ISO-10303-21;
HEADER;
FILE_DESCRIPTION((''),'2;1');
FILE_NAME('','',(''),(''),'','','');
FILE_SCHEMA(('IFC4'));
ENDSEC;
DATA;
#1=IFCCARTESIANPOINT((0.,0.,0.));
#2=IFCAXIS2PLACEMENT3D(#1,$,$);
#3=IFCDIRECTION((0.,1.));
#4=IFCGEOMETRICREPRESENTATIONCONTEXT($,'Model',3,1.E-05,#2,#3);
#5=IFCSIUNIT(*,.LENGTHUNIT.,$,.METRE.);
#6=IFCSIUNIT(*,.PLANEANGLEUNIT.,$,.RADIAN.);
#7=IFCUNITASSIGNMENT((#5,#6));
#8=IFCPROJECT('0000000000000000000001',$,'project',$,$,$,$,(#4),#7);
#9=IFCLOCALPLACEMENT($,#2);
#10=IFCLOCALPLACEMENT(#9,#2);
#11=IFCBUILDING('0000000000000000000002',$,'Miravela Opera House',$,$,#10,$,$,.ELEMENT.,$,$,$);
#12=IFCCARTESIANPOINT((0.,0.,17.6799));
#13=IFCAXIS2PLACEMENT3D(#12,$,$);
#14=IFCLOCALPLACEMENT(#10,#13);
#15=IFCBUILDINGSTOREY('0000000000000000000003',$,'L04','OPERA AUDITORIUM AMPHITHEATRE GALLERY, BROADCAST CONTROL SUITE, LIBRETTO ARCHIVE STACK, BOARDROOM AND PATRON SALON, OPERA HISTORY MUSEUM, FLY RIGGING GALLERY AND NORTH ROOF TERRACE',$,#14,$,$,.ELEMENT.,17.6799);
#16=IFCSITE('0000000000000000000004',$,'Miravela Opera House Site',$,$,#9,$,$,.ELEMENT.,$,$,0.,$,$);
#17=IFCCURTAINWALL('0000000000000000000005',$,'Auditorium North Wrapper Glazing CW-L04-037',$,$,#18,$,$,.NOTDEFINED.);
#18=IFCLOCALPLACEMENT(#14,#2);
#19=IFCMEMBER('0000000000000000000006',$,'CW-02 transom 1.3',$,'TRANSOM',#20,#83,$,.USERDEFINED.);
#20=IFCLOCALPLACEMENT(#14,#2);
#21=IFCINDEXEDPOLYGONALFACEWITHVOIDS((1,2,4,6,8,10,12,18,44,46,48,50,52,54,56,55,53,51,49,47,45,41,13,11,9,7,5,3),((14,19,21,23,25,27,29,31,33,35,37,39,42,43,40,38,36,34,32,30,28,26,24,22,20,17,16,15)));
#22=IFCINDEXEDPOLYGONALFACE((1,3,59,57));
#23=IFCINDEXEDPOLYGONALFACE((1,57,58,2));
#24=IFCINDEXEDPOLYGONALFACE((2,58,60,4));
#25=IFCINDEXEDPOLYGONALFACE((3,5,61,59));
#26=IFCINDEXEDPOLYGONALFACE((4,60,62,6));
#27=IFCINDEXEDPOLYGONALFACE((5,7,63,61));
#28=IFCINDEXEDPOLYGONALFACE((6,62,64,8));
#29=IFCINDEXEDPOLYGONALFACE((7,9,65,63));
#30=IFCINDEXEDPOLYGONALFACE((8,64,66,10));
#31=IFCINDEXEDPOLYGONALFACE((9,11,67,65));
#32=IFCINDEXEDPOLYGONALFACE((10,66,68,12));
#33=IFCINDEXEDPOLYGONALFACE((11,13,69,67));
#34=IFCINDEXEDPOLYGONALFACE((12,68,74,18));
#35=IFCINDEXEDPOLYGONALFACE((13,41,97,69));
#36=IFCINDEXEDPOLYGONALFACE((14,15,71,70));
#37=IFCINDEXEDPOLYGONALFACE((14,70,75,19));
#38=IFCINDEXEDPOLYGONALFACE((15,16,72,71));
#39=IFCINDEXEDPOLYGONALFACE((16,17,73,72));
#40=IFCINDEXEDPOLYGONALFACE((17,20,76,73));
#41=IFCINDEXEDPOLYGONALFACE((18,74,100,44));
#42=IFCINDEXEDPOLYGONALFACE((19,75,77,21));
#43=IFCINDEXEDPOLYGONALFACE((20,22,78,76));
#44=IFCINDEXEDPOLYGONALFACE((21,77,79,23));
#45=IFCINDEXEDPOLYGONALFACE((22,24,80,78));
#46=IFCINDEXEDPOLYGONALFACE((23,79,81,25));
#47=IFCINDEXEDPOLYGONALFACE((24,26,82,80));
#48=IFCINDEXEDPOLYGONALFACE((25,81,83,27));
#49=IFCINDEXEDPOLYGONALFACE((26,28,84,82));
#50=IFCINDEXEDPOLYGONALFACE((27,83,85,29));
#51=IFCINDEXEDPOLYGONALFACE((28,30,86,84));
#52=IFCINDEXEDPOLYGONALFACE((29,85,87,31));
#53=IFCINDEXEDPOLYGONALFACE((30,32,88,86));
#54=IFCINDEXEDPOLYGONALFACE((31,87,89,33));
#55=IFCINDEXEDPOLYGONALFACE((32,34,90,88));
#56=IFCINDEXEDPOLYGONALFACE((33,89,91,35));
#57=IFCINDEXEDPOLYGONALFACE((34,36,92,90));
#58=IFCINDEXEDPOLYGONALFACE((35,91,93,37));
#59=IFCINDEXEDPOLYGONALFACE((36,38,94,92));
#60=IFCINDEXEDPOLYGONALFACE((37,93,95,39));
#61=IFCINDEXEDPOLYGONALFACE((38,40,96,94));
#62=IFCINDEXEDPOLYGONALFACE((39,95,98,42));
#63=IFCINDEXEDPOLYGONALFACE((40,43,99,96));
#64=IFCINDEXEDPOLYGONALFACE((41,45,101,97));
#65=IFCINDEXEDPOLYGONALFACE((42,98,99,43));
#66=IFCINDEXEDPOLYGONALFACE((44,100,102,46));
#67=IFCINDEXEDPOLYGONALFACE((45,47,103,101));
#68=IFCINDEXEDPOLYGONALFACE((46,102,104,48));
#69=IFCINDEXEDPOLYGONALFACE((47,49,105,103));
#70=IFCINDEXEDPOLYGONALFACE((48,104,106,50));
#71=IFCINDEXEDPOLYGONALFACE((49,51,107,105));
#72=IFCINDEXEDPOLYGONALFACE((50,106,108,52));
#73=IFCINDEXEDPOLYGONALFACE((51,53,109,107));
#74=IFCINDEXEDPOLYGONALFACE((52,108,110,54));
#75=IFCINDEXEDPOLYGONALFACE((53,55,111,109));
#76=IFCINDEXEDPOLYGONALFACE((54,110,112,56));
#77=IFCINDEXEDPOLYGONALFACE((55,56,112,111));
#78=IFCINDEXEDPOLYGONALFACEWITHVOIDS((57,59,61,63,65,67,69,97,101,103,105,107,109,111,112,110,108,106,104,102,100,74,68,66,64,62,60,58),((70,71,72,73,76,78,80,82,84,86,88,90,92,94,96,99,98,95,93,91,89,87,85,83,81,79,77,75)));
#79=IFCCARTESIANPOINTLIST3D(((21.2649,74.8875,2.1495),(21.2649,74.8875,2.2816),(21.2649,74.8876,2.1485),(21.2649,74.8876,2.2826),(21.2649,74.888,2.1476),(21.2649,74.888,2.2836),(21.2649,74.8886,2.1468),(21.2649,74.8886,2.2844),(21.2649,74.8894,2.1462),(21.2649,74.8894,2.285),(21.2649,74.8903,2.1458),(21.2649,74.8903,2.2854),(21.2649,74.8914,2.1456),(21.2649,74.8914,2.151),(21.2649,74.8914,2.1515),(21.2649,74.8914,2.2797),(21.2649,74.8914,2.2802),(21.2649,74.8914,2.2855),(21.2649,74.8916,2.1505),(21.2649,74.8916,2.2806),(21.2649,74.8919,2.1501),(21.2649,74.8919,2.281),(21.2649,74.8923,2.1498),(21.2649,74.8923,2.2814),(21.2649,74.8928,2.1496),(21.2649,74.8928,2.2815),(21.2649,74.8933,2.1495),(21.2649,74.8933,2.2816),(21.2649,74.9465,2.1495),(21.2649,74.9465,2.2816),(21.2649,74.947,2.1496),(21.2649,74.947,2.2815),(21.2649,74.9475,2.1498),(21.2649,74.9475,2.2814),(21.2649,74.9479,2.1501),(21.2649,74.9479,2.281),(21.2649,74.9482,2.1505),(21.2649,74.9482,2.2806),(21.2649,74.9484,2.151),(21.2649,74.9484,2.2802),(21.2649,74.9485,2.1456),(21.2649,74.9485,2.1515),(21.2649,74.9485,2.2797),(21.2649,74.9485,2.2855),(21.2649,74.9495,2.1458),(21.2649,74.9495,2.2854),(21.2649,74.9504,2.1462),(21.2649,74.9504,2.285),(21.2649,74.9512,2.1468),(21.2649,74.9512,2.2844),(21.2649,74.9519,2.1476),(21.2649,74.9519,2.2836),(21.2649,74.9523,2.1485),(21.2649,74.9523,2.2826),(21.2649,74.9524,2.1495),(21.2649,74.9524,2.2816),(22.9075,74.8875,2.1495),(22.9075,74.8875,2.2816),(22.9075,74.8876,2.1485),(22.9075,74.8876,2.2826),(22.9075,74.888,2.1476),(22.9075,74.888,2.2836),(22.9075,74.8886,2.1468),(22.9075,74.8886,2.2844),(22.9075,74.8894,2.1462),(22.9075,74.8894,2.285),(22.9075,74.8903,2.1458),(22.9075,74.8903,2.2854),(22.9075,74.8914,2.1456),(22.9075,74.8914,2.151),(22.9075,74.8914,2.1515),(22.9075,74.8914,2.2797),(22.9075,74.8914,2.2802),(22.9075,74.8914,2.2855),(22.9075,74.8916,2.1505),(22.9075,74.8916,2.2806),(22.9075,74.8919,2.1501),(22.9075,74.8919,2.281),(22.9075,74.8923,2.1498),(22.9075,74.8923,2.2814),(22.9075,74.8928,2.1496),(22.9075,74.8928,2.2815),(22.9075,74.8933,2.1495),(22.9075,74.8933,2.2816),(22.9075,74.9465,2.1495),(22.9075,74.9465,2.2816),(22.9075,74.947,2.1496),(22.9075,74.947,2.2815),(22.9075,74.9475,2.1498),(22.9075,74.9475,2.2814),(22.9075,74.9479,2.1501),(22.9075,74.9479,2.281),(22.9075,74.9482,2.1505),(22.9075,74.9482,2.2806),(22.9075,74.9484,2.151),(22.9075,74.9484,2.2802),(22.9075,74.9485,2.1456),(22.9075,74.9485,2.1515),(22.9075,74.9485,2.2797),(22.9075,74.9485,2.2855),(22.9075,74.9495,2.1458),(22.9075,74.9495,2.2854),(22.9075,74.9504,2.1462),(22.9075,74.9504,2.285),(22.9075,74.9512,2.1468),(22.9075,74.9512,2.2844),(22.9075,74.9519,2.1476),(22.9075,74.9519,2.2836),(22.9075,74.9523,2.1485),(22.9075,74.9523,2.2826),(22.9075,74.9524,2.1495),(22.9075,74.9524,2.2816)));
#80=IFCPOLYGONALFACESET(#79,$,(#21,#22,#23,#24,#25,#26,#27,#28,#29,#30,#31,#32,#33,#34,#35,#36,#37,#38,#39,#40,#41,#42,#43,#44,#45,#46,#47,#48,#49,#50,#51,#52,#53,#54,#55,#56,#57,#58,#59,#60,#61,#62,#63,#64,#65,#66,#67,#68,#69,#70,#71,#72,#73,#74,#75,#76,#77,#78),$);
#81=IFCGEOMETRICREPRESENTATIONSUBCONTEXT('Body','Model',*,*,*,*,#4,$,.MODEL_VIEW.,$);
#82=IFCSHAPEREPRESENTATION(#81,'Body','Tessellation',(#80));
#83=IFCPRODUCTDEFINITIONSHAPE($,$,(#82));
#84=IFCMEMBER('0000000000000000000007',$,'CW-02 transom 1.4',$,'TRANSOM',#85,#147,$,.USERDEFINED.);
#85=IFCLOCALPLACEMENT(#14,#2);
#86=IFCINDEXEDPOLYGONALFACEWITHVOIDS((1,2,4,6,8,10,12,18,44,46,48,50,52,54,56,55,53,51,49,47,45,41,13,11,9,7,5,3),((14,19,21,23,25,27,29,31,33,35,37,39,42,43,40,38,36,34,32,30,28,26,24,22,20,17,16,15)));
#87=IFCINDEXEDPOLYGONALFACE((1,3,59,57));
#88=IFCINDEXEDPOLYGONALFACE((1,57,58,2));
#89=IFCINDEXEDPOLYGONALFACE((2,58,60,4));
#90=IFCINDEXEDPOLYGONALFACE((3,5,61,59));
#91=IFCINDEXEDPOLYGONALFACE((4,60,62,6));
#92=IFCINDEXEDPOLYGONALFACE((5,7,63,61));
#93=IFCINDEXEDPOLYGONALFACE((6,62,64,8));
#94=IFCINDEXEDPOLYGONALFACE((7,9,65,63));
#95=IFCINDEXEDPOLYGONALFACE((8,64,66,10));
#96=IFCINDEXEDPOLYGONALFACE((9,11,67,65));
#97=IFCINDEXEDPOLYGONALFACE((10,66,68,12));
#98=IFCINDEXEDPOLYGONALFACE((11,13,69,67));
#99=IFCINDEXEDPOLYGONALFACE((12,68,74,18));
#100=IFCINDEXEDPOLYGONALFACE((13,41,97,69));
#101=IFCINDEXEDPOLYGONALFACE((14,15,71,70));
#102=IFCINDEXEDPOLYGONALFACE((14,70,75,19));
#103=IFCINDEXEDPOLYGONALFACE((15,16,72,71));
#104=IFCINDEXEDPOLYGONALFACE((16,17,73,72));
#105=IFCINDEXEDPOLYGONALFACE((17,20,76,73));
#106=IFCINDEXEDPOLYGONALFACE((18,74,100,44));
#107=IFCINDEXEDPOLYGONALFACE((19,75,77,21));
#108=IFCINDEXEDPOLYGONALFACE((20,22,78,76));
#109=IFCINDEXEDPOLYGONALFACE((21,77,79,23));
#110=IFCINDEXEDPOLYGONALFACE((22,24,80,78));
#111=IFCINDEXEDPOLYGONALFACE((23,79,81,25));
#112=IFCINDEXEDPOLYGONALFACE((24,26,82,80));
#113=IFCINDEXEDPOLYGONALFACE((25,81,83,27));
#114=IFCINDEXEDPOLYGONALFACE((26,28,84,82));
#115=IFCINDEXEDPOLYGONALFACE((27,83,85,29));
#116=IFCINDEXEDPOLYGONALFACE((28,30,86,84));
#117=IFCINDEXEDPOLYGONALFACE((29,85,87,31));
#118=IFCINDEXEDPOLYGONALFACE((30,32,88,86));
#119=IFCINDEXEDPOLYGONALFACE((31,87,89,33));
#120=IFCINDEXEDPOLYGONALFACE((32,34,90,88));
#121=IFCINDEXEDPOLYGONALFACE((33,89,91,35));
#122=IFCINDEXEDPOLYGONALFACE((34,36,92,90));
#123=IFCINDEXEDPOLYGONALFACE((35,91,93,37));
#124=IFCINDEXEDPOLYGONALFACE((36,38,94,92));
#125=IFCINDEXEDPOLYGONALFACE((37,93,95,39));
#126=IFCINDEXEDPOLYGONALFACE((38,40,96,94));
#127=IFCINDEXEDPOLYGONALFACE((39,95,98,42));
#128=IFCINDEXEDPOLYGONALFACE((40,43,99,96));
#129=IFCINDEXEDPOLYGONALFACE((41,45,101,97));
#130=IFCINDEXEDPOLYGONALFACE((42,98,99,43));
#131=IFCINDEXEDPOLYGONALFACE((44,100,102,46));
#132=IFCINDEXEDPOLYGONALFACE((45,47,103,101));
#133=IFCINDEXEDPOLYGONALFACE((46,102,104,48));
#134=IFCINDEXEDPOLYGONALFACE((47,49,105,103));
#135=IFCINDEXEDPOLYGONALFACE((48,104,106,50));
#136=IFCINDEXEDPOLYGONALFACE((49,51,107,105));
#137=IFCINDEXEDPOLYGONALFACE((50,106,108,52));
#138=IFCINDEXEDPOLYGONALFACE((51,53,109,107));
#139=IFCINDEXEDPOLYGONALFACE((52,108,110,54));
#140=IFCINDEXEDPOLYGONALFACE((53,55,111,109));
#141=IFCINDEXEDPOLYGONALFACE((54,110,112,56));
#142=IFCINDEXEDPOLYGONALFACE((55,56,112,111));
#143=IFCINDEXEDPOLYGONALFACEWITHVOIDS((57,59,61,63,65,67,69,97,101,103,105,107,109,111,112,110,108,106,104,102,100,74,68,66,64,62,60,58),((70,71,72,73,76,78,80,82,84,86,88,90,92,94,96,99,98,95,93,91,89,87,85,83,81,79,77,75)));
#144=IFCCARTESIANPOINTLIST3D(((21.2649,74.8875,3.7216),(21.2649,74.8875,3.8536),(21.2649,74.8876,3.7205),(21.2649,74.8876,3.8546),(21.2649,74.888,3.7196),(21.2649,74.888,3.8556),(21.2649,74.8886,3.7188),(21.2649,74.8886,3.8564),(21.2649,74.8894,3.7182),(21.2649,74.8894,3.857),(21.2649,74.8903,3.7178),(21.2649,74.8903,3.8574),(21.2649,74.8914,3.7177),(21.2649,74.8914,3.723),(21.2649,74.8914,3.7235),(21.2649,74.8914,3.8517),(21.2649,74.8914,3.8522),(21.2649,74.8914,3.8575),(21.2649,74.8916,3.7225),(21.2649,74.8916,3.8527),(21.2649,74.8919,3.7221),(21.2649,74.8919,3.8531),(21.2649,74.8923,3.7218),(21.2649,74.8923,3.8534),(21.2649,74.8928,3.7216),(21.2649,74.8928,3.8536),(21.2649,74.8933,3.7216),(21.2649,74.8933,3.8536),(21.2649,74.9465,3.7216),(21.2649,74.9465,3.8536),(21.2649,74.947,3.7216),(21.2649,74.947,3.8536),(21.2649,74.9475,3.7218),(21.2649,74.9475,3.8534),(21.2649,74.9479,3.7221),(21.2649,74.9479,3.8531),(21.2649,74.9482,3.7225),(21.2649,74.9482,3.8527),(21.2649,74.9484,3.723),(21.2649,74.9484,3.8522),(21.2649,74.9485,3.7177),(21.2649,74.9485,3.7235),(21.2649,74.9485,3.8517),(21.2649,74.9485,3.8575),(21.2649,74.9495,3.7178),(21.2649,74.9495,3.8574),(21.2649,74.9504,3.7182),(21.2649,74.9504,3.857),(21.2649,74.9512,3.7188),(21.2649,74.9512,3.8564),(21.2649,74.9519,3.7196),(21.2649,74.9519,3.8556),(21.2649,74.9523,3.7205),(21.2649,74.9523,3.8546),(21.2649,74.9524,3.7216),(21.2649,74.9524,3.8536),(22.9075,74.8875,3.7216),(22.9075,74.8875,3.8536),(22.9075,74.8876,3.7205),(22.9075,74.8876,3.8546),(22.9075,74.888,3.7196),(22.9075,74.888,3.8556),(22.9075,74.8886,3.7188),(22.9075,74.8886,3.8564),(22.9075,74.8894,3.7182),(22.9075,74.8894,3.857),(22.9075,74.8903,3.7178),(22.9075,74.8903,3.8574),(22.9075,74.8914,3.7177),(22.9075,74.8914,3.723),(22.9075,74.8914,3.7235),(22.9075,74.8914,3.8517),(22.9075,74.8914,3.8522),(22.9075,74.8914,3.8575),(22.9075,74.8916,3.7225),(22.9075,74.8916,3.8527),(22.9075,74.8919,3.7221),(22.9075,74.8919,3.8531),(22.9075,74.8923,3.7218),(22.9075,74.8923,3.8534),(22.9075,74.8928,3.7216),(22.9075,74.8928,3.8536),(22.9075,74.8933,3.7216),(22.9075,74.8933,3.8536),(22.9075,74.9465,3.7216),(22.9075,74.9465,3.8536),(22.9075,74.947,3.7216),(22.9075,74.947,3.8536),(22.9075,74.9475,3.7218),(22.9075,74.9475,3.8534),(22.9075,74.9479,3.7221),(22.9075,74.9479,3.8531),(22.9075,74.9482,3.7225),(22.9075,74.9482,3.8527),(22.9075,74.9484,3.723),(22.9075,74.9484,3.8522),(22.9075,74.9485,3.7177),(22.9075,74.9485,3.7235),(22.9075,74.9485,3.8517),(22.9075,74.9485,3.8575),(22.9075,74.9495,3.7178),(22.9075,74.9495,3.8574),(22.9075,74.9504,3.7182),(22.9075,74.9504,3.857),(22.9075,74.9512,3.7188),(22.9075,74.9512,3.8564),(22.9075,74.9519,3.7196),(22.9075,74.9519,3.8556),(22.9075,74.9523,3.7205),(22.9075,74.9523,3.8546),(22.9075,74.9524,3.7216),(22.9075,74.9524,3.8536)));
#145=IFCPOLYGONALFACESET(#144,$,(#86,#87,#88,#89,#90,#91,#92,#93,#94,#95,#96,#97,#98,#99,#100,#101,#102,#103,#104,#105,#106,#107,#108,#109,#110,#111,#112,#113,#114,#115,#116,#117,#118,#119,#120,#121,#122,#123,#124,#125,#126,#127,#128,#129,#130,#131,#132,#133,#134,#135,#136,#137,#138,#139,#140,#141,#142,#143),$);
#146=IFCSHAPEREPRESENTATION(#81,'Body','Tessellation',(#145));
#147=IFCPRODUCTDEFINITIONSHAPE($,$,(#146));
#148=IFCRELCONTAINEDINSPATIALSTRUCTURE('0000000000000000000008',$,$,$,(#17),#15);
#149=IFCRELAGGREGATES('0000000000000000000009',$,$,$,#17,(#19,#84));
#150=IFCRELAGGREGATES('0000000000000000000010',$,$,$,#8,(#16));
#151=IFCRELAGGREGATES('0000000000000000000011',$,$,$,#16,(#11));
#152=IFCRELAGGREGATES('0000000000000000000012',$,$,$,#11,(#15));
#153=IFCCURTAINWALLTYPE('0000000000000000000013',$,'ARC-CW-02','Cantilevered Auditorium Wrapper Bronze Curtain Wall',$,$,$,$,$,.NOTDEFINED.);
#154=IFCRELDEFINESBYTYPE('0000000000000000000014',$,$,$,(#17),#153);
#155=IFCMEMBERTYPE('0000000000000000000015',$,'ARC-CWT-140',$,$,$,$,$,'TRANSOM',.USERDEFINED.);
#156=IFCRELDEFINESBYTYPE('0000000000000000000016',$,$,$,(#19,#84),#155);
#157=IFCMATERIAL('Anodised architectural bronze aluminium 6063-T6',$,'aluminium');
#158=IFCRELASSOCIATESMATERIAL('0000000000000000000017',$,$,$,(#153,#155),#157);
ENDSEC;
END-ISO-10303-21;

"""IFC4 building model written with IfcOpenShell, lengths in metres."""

from ifc_helpers import new_model, si_unit, direction, frame, origin, origin_2d, place, context, subcontext, project, spatial, hollow_rectangle, extrude, material, material_profile, profile_set, type_object, element, aggregate, save


model = new_model("IFC4")

# Units and contexts
model_context = context("Model", 3, precision=1e-05, world=origin(), true_north=direction((0.0, 1.0)))
body_context = subcontext(model_context, "Body", "Model", "MODEL_VIEW")
ifc_project = project(units=[si_unit("LENGTHUNIT", "METRE"), si_unit("PLANEANGLEUNIT", "RADIAN")], contexts=[model_context])

# Site, building, storey
site_placement = place(None, origin())
site = spatial("IfcSite", under=ifc_project, at=site_placement, Name="Miravela Opera House Site", CompositionType="ELEMENT", RefElevation=0.0)
building_placement = place(site_placement, origin())
building = spatial("IfcBuilding", under=site, at=building_placement, Name="Miravela Opera House", CompositionType="ELEMENT")
storey_placement = place(building_placement, frame((0.0, 0.0, 17.6799)))
storey = spatial("IfcBuildingStorey", under=building, at=storey_placement, Name="L04", Description="OPERA AUDITORIUM AMPHITHEATRE GALLERY, BROADCAST CONTROL SUITE, LIBRETTO ARCHIVE STACK, BOARDROOM AND PATRON SALON, OPERA HISTORY MUSEUM, FLY RIGGING GALLERY AND NORTH ROOF TERRACE", CompositionType="ELEMENT", Elevation=17.6799)

# Shared definitions
ifc_material_1 = material(Name="Anodised architectural bronze aluminium 6063-T6", Category="aluminium")
curtain_wall_type = type_object("IfcCurtainWallType", Name="ARC-CW-02", Description="Cantilevered Auditorium Wrapper Bronze Curtain Wall", PredefinedType="NOTDEFINED", material=ifc_material_1)

# Curtain wall, members
curtain_wall_1_placement = place(storey_placement, origin())
curtain_wall_1 = element("IfcCurtainWall", 1, at=curtain_wall_1_placement, inside=storey, type_object=curtain_wall_type, Name="Auditorium North Wrapper Glazing CW-L04-037", PredefinedType="NOTDEFINED")
ifc_material_profile_1 = material_profile(ifc_material_1, hollow_rectangle(XDim=0.0649, YDim=0.1399, WallThickness=0.0039, InnerFilletRadius=0.002, OuterFilletRadius=0.0039, at=origin_2d()), Name="CWT-65X140")
ifc_profile_set_1 = profile_set([ifc_material_profile_1])
member_type_1 = type_object("IfcMemberType", Name="ARC-CWT-140", ElementType="TRANSOM", PredefinedType="USERDEFINED", material=ifc_profile_set_1)
member_1_placement = place(storey_placement, frame((21.2649, 74.9199, 2.2156), z_axis=(1.0, 0.0, 0.0), x_axis=(0.0, 1.0, 0.0)))
member_1 = element("IfcMember", 2, at=member_1_placement, type_object=member_type_1, Name="CW-02 transom 1.3", ObjectType="TRANSOM", PredefinedType="USERDEFINED", context=body_context, shape_type="SweptSolid", body=[
    extrude(hollow_rectangle(XDim=0.0649, YDim=0.1399, WallThickness=0.0039, InnerFilletRadius=0.002, OuterFilletRadius=0.0039, at=origin_2d()), origin(), (0.0, 0.0, 1.0), 1.6426),
])
member_2_placement = place(storey_placement, frame((21.2649, 74.9199, 3.7876), z_axis=(1.0, 0.0, 0.0), x_axis=(0.0, 1.0, 0.0)))
member_2 = element("IfcMember", 3, at=member_2_placement, type_object=member_type_1, Name="CW-02 transom 1.4", ObjectType="TRANSOM", PredefinedType="USERDEFINED", context=body_context, shape_type="SweptSolid", body=[
    extrude(hollow_rectangle(XDim=0.0649, YDim=0.1399, WallThickness=0.0039, InnerFilletRadius=0.002, OuterFilletRadius=0.0039, at=origin_2d()), origin(), (0.0, 0.0, 1.0), 1.6426),
])

aggregate(curtain_wall_1, [member_1, member_2])

save(model, "model.ifc")
